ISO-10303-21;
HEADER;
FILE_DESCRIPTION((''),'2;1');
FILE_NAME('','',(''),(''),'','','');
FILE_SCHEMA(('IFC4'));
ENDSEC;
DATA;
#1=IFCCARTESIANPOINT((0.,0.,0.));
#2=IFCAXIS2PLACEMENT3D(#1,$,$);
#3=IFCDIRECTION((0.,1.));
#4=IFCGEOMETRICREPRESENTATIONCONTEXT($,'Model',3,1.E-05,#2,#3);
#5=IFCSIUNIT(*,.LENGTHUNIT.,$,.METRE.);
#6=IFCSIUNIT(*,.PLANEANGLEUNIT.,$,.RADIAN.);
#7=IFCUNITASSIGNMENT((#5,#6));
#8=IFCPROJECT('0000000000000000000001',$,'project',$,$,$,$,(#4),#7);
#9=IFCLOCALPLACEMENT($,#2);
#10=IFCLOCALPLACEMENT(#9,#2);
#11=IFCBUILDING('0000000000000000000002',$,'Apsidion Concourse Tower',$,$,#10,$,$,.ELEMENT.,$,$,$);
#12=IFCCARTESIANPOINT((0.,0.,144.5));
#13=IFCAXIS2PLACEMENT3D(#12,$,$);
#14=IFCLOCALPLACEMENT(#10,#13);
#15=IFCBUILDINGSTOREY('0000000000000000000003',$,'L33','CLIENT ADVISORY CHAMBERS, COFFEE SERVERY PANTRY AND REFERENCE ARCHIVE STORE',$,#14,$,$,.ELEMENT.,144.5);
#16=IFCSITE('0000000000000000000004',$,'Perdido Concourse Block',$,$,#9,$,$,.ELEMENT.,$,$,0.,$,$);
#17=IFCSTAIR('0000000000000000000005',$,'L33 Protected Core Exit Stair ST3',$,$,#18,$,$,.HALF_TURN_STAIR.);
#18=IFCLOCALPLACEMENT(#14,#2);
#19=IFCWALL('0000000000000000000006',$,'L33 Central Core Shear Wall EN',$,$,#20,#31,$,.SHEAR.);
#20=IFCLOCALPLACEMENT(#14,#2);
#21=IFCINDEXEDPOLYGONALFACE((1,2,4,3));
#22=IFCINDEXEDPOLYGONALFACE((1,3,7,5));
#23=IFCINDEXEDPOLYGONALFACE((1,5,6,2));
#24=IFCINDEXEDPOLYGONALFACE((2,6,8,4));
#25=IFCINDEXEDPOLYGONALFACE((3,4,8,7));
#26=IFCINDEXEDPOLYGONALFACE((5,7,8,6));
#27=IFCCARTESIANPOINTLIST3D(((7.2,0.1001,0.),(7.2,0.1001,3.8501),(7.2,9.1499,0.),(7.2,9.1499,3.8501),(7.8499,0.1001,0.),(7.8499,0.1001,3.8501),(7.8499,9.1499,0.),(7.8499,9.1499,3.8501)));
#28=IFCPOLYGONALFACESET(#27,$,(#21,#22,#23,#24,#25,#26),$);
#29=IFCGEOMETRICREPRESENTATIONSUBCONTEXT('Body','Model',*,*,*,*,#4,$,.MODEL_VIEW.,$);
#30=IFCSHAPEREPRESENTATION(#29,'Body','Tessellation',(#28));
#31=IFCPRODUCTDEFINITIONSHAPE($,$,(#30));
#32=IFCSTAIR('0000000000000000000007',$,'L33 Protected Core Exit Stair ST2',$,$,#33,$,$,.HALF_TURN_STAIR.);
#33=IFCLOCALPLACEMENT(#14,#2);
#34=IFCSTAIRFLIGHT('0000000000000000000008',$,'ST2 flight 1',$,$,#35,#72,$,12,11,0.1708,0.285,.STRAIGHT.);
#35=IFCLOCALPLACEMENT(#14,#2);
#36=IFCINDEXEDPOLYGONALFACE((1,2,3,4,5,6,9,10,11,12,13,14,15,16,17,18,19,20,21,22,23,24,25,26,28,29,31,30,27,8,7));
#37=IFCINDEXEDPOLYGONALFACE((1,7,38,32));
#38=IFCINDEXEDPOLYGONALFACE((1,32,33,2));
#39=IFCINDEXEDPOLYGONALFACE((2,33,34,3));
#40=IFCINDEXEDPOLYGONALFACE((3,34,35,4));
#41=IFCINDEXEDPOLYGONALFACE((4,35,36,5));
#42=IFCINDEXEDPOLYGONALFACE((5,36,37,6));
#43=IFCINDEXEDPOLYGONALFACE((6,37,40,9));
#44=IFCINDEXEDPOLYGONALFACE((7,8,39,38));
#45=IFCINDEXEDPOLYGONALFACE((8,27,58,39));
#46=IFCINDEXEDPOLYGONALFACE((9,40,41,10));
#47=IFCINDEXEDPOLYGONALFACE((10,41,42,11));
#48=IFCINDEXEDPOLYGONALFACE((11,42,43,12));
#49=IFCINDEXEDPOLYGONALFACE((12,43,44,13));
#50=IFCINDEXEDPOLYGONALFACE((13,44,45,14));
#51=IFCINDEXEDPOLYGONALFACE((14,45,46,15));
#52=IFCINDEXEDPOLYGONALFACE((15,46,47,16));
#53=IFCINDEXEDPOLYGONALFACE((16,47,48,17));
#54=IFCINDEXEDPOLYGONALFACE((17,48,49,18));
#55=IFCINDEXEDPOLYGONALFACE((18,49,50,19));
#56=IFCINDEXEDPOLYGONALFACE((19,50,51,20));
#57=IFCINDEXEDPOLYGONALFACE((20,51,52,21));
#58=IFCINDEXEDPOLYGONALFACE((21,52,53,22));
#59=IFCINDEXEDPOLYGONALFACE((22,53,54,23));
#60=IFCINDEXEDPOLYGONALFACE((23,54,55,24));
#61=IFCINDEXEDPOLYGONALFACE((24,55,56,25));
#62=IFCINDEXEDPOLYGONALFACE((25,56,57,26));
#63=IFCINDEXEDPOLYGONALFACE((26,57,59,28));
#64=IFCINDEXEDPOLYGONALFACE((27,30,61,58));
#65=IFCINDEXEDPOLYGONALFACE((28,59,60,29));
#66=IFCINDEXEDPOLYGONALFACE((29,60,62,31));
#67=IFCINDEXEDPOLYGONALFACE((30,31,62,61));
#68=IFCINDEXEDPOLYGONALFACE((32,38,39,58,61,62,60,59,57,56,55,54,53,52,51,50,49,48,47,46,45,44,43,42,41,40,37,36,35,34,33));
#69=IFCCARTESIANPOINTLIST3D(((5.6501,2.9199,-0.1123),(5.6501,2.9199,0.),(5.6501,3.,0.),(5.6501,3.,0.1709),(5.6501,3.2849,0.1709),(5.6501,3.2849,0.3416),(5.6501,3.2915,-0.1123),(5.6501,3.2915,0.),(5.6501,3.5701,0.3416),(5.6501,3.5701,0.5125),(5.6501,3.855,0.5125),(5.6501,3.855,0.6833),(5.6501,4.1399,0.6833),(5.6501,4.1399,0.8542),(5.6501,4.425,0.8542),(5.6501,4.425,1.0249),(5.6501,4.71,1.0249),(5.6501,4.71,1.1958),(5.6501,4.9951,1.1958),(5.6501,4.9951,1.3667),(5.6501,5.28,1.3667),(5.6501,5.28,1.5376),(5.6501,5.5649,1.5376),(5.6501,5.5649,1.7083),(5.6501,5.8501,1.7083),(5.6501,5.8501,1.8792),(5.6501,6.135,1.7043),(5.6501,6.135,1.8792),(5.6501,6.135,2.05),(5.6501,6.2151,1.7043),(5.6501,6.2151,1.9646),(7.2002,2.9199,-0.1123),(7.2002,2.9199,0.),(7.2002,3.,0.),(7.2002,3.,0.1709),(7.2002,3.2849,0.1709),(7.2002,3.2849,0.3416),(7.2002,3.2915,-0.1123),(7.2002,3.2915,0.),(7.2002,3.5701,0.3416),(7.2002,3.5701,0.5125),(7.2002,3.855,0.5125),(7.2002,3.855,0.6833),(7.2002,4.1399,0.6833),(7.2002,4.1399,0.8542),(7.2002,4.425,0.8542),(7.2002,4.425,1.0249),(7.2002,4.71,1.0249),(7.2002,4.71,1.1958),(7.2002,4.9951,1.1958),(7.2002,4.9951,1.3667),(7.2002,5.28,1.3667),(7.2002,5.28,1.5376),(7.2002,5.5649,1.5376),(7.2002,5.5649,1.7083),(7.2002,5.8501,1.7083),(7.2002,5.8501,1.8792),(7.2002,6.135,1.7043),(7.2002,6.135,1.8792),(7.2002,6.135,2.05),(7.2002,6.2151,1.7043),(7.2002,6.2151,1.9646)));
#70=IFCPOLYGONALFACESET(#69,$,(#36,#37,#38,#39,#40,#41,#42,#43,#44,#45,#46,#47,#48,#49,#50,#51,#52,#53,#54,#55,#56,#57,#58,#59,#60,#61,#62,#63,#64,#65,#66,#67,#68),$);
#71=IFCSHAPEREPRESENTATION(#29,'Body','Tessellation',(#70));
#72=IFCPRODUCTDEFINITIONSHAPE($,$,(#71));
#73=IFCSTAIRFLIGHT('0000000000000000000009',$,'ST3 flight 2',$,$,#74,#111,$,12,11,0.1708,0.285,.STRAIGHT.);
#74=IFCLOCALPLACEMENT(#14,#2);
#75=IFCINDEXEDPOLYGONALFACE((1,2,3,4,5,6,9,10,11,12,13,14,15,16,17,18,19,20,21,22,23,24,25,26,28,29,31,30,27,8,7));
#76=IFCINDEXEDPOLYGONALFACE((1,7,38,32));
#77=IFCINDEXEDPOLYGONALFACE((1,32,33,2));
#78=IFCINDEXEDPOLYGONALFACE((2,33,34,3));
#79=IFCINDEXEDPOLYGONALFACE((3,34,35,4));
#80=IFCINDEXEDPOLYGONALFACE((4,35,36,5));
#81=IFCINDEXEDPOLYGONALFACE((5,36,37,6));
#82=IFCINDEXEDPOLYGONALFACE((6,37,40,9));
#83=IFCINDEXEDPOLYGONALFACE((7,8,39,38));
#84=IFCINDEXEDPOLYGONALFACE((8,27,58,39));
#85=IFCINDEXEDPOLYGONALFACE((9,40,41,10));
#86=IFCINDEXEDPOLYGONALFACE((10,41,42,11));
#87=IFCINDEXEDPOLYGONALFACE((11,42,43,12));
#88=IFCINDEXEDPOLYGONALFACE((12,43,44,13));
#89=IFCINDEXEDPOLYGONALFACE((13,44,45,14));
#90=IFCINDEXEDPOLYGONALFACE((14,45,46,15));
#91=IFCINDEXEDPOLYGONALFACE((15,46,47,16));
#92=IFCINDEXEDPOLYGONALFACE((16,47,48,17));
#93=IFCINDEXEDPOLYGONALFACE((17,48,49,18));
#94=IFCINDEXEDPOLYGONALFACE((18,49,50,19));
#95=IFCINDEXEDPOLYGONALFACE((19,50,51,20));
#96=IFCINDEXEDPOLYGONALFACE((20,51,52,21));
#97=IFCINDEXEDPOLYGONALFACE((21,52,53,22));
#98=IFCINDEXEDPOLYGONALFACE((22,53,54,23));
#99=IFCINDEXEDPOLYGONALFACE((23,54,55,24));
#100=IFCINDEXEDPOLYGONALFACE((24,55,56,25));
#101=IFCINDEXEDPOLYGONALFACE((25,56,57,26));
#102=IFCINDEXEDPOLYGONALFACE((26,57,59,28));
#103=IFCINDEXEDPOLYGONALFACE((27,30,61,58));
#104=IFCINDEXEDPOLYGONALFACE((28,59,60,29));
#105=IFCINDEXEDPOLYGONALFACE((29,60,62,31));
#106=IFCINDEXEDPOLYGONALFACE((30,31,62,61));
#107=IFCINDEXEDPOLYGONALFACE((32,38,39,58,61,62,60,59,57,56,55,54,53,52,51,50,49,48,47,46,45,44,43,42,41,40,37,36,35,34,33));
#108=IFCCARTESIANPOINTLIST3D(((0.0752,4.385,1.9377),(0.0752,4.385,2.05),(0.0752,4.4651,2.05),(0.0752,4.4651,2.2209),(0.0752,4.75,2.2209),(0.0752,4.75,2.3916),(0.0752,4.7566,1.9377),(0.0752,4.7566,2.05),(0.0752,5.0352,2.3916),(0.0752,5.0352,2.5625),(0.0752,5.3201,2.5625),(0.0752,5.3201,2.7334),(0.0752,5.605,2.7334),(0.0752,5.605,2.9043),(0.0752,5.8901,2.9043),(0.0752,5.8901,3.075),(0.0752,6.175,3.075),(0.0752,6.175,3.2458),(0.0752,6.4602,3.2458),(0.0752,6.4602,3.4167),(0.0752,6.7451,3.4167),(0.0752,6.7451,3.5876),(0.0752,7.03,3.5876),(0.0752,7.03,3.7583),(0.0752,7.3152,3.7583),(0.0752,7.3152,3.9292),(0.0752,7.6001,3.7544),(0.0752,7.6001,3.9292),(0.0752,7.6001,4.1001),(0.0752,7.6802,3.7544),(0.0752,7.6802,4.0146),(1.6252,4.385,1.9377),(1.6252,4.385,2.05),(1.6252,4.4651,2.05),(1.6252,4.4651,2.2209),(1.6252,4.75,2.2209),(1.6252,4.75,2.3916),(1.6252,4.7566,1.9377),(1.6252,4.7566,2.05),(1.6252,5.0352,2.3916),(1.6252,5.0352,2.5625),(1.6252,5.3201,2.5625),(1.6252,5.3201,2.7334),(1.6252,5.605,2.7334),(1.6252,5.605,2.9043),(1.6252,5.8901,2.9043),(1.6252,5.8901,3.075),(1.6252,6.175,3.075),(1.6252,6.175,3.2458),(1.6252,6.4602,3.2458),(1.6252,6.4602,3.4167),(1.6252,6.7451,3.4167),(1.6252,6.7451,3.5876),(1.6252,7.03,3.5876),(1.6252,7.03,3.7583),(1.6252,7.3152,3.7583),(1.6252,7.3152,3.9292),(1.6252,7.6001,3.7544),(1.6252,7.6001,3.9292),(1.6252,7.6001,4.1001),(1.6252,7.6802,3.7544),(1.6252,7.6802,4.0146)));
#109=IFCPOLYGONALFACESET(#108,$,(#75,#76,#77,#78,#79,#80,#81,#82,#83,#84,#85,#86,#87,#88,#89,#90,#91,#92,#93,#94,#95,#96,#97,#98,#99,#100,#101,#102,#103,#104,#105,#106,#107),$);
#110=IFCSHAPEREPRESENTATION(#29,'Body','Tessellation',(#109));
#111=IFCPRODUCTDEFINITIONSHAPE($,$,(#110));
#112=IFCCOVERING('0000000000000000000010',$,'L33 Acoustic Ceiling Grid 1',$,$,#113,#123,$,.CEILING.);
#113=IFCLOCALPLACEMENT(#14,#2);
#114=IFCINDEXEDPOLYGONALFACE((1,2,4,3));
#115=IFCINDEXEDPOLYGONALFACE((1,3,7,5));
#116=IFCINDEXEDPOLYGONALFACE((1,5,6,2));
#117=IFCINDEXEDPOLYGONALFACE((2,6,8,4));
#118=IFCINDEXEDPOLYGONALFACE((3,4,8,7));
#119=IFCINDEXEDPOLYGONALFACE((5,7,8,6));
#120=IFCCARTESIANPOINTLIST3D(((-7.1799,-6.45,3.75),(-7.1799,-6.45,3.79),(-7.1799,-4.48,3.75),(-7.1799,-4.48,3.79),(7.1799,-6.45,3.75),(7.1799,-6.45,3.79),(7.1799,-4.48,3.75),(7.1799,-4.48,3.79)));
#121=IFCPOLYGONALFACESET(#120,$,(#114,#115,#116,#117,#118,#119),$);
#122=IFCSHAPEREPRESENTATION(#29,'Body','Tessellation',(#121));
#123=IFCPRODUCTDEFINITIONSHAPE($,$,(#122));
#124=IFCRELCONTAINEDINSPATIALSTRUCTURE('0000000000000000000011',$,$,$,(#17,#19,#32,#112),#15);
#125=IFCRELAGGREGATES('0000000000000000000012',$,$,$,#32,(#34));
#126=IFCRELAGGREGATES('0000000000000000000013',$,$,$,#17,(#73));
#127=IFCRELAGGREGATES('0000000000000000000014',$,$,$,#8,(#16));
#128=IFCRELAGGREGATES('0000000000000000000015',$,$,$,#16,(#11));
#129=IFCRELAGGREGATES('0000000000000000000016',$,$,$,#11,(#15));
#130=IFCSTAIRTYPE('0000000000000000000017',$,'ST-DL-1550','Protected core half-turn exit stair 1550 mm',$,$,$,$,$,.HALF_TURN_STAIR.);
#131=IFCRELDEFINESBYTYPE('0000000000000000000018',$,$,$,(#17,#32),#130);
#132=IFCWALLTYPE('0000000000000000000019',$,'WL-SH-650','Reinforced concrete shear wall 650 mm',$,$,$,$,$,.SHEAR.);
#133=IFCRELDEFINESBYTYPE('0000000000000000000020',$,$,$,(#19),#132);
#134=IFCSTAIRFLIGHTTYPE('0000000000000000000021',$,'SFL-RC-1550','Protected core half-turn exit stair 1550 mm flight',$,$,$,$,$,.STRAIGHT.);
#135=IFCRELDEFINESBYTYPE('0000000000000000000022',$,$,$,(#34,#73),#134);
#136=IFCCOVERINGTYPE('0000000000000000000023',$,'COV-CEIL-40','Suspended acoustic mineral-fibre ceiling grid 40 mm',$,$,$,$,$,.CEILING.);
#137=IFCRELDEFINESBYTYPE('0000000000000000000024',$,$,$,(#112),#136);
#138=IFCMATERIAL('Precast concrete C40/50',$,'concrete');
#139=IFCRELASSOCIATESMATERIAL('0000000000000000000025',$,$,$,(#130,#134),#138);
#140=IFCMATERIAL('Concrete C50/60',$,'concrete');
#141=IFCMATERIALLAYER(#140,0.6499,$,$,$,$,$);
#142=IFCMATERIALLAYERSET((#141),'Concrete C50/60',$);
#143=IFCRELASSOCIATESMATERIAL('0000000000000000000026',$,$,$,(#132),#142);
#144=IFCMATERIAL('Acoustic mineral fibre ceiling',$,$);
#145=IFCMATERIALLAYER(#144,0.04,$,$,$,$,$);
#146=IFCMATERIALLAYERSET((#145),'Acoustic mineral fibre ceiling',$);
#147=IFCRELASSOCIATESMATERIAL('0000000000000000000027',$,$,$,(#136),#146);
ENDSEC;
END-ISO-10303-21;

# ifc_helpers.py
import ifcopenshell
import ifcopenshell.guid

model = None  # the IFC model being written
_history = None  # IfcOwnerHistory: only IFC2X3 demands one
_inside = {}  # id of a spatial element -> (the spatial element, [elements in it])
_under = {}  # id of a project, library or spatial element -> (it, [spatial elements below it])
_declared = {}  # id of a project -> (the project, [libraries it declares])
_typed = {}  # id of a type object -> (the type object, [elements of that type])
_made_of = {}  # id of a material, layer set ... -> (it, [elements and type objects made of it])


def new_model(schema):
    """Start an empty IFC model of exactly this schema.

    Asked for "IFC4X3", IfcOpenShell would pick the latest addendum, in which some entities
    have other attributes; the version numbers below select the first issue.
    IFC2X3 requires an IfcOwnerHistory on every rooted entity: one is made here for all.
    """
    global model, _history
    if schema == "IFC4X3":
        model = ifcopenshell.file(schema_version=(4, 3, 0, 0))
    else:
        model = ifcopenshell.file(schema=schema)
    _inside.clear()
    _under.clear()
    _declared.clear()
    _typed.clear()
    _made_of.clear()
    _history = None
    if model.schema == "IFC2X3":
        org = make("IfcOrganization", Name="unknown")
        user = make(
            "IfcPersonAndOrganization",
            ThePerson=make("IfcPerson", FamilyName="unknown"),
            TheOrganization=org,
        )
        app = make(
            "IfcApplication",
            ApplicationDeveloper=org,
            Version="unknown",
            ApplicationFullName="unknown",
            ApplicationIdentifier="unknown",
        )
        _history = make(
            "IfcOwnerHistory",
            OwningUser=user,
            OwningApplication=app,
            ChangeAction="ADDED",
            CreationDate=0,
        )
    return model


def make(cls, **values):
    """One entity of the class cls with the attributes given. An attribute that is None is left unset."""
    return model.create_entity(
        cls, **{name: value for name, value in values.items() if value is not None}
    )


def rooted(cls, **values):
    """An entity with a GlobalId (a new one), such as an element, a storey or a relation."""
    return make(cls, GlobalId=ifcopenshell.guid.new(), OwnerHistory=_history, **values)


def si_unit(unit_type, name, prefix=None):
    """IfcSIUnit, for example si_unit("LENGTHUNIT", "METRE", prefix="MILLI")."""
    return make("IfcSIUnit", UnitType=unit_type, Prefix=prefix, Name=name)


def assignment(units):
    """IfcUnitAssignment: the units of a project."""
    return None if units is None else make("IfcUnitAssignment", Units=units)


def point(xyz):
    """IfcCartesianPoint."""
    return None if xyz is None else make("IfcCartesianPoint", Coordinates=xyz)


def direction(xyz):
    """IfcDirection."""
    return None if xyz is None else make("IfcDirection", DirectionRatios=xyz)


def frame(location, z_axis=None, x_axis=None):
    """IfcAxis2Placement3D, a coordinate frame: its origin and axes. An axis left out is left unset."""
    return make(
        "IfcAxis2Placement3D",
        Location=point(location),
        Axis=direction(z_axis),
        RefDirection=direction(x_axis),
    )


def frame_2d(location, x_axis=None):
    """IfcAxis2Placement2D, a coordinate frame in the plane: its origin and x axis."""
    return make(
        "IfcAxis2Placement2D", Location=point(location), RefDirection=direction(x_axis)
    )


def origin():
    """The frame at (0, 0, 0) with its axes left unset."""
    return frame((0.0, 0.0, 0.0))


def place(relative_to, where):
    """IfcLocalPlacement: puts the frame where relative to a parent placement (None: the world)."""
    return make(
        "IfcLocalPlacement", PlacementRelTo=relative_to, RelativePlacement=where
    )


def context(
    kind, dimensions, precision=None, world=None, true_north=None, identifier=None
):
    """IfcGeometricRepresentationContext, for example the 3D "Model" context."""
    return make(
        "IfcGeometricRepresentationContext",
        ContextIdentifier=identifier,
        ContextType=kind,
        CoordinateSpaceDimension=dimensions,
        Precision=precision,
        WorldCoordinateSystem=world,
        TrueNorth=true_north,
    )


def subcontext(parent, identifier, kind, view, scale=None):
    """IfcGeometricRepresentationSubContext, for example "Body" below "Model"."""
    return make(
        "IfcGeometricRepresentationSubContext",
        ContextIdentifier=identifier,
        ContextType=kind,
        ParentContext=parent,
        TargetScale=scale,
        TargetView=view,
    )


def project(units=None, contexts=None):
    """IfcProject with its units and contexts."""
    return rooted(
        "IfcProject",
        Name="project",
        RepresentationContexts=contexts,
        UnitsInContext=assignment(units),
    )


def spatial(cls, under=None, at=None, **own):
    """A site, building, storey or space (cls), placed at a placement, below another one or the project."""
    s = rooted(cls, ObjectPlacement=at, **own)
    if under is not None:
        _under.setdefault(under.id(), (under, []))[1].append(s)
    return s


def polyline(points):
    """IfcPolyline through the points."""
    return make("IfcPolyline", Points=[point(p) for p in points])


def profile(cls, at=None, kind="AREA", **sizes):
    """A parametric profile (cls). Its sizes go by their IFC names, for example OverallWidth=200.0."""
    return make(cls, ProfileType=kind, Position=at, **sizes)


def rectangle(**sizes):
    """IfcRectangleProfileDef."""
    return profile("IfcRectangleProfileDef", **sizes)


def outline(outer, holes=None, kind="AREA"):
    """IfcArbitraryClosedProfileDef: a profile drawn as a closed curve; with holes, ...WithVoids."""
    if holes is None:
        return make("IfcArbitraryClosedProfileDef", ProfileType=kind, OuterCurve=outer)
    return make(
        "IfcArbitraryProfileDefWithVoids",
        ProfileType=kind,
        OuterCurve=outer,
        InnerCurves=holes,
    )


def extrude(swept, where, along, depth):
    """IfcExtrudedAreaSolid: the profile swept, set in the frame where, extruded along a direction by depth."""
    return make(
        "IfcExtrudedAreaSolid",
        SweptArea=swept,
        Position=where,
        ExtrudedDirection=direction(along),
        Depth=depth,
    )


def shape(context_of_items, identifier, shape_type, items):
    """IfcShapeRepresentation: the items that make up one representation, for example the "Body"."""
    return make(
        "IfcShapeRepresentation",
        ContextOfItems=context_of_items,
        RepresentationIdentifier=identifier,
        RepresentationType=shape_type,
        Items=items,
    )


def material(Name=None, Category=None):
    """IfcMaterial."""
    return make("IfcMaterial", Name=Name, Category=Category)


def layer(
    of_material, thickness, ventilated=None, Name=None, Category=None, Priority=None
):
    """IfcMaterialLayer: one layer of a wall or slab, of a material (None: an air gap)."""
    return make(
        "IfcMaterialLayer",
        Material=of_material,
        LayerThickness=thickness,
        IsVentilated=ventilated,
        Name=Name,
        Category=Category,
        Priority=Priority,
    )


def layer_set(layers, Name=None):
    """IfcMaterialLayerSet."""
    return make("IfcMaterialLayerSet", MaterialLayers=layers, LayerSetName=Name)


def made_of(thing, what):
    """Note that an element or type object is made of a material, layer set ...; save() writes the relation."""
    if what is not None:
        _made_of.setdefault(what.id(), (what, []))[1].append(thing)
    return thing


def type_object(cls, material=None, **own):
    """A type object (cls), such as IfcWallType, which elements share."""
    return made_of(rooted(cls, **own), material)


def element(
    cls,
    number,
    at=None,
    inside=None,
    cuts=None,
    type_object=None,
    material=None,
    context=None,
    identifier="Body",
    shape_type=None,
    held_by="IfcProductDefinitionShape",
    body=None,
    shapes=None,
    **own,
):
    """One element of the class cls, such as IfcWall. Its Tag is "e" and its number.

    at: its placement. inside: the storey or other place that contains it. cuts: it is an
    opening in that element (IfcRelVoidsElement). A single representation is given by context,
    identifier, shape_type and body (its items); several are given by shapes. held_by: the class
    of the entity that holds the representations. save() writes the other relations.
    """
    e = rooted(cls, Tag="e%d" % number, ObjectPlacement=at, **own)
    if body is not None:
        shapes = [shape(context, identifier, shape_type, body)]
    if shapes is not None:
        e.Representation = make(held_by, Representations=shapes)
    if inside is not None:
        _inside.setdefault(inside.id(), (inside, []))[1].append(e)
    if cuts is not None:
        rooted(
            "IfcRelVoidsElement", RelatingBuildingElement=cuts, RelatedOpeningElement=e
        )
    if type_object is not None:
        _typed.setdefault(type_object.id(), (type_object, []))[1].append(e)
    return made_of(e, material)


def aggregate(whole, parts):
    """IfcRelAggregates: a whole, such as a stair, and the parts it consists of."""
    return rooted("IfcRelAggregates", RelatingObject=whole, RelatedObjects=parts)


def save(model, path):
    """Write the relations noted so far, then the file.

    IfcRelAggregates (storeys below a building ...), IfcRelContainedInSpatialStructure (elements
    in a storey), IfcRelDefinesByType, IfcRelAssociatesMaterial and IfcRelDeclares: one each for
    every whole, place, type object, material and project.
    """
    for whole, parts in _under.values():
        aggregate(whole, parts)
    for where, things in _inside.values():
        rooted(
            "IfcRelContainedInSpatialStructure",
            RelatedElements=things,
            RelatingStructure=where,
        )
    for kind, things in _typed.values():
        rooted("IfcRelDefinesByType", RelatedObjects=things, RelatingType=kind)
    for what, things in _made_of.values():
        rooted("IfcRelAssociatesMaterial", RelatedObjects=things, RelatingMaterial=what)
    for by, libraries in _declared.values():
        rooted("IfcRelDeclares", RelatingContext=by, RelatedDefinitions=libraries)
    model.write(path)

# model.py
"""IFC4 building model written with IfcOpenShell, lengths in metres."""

from ifc_helpers import new_model, si_unit, direction, frame, frame_2d, origin, place, context, subcontext, project, spatial, polyline, rectangle, outline, extrude, material, layer, layer_set, type_object, element, aggregate, save


model = new_model("IFC4")

# Units and contexts
model_context = context("Model", 3, precision=1e-05, world=origin(), true_north=direction((0.0, 1.0)))
body_context = subcontext(model_context, "Body", "Model", "MODEL_VIEW")
ifc_project = project(units=[si_unit("LENGTHUNIT", "METRE"), si_unit("PLANEANGLEUNIT", "RADIAN")], contexts=[model_context])

# Site, building, storey
site_placement = place(None, origin())
site = spatial("IfcSite", under=ifc_project, at=site_placement, Name="Perdido Concourse Block", CompositionType="ELEMENT", RefElevation=0.0)
building_placement = place(site_placement, origin())
building = spatial("IfcBuilding", under=site, at=building_placement, Name="Apsidion Concourse Tower", CompositionType="ELEMENT")
storey_placement = place(building_placement, frame((0.0, 0.0, 144.5)))
storey = spatial("IfcBuildingStorey", under=building, at=storey_placement, Name="L33", Description="CLIENT ADVISORY CHAMBERS, COFFEE SERVERY PANTRY AND REFERENCE ARCHIVE STORE", CompositionType="ELEMENT", Elevation=144.5)

# Shared definitions
ifc_material_1 = material(Name="Concrete C50/60", Category="concrete")

# Stair
ifc_material_2 = material(Name="Precast concrete C40/50", Category="concrete")
stair_type = type_object("IfcStairType", Name="ST-DL-1550", Description="Protected core half-turn exit stair 1550 mm", PredefinedType="HALF_TURN_STAIR", material=ifc_material_2)
stair_1_placement = place(storey_placement, origin())
stair_1 = element("IfcStair", 1, at=stair_1_placement, inside=storey, type_object=stair_type, Name="L33 Protected Core Exit Stair ST3", PredefinedType="HALF_TURN_STAIR")

# Wall
ifc_layer_1 = layer(ifc_material_1, 0.6499)
ifc_layer_set_1 = layer_set([ifc_layer_1], Name="Concrete C50/60")
wall_type_1 = type_object("IfcWallType", Name="WL-SH-650", Description="Reinforced concrete shear wall 650 mm", PredefinedType="SHEAR", material=ifc_layer_set_1)
wall_1_placement = place(storey_placement, frame((7.5249, 0.1001, 0.0), z_axis=(0.0, 0.0, 1.0), x_axis=(0.0, 1.0, 0.0)))
element("IfcWall", 2, at=wall_1_placement, inside=storey, type_object=wall_type_1, Name="L33 Central Core Shear Wall EN", PredefinedType="SHEAR", context=body_context, shape_type="SweptSolid", body=[
    extrude(rectangle(XDim=9.0498, YDim=0.6499, at=frame_2d((4.5249, 0.0))), origin(), (0.0, 0.0, 1.0), 3.8501),
])

# Stair, stair flight
stair_2_placement = place(storey_placement, origin())
stair_2 = element("IfcStair", 3, at=stair_2_placement, inside=storey, type_object=stair_type, Name="L33 Protected Core Exit Stair ST2", PredefinedType="HALF_TURN_STAIR")
stair_flight_type = type_object("IfcStairFlightType", Name="SFL-RC-1550", Description="Protected core half-turn exit stair 1550 mm flight", PredefinedType="STRAIGHT", material=ifc_material_2)
stair_flight_1_placement = place(storey_placement, frame((6.425, 3.0, 0.0), z_axis=(0.0, 0.0, 1.0), x_axis=(0.0, 1.0, 0.0)))
stair_flight_1 = element("IfcStairFlight", 4, at=stair_flight_1_placement, type_object=stair_flight_type, Name="ST2 flight 1", NumberOfRisers=12, NumberOfTreads=11, PredefinedType="STRAIGHT", RiserHeight=0.1708, TreadLength=0.285, context=body_context, shape_type="SweptSolid", body=[
    extrude(outline(polyline([(-0.0801, -0.1123), (-0.0801, 0.0), (0.0, 0.0), (0.0, 0.1709), (0.2849, 0.1709), (0.2849, 0.3416), (0.5701, 0.3416), (0.5701, 0.5125), (0.855, 0.5125), (0.855, 0.6833), (1.1399, 0.6833), (1.1399, 0.8542), (1.425, 0.8542), (1.425, 1.0249), (1.71, 1.0249), (1.71, 1.1958), (1.9951, 1.1958), (1.9951, 1.3667), (2.28, 1.3667), (2.28, 1.5376), (2.5649, 1.5376), (2.5649, 1.7083), (2.8501, 1.7083), (2.8501, 1.8792), (3.135, 1.8792), (3.135, 2.05), (3.2151, 1.9646), (3.2151, 1.7043), (3.135, 1.7043), (0.2915, 0.0), (0.2915, -0.1123), (-0.0801, -0.1123)])), frame((0.0, 0.7749, 0.0), z_axis=(0.0, -1.0, 0.0), x_axis=(1.0, 0.0, 0.0)), (0.0, 0.0, 1.0), 1.55),
])
aggregate(stair_2, [stair_flight_1])

# Stair flight
stair_flight_2_placement = place(storey_placement, frame((0.8501, 4.4651, 2.05), z_axis=(0.0, 0.0, 1.0), x_axis=(0.0, 1.0, 0.0)))
stair_flight_2 = element("IfcStairFlight", 5, at=stair_flight_2_placement, type_object=stair_flight_type, Name="ST3 flight 2", NumberOfRisers=12, NumberOfTreads=11, PredefinedType="STRAIGHT", RiserHeight=0.1708, TreadLength=0.285, context=body_context, shape_type="SweptSolid", body=[
    extrude(outline(polyline([(-0.0801, -0.1123), (-0.0801, 0.0), (0.0, 0.0), (0.0, 0.1709), (0.2849, 0.1709), (0.2849, 0.3416), (0.5701, 0.3416), (0.5701, 0.5125), (0.855, 0.5125), (0.855, 0.6833), (1.1399, 0.6833), (1.1399, 0.8542), (1.425, 0.8542), (1.425, 1.0249), (1.71, 1.0249), (1.71, 1.1958), (1.9951, 1.1958), (1.9951, 1.3667), (2.28, 1.3667), (2.28, 1.5376), (2.5649, 1.5376), (2.5649, 1.7083), (2.8501, 1.7083), (2.8501, 1.8792), (3.135, 1.8792), (3.135, 2.05), (3.2151, 1.9646), (3.2151, 1.7043), (3.135, 1.7043), (0.2915, 0.0), (0.2915, -0.1123), (-0.0801, -0.1123)])), frame((0.0, 0.7749, 0.0), z_axis=(0.0, -1.0, 0.0), x_axis=(1.0, 0.0, 0.0)), (0.0, 0.0, 1.0), 1.55),
])
aggregate(stair_1, [stair_flight_2])

# Covering
ifc_material_3 = material(Name="Acoustic mineral fibre ceiling")
ifc_layer_2 = layer(ifc_material_3, 0.04)
ifc_layer_set_2 = layer_set([ifc_layer_2], Name="Acoustic mineral fibre ceiling")
covering_type_1 = type_object("IfcCoveringType", Name="COV-CEIL-40", Description="Suspended acoustic mineral-fibre ceiling grid 40 mm", PredefinedType="CEILING", material=ifc_layer_set_2)
covering_1_placement = place(storey_placement, frame((0.0, 0.0, 3.75)))
element("IfcCovering", 6, at=covering_1_placement, inside=storey, type_object=covering_type_1, Name="L33 Acoustic Ceiling Grid 1", PredefinedType="CEILING", context=body_context, shape_type="SweptSolid", body=[
    extrude(outline(polyline([(-7.1799, -6.45), (-7.1799, -4.48), (7.1799, -4.48), (7.1799, -6.45), (-7.1799, -6.45)])), origin(), (0.0, 0.0, 1.0), 0.04),
])

save(model, "model.ifc")
